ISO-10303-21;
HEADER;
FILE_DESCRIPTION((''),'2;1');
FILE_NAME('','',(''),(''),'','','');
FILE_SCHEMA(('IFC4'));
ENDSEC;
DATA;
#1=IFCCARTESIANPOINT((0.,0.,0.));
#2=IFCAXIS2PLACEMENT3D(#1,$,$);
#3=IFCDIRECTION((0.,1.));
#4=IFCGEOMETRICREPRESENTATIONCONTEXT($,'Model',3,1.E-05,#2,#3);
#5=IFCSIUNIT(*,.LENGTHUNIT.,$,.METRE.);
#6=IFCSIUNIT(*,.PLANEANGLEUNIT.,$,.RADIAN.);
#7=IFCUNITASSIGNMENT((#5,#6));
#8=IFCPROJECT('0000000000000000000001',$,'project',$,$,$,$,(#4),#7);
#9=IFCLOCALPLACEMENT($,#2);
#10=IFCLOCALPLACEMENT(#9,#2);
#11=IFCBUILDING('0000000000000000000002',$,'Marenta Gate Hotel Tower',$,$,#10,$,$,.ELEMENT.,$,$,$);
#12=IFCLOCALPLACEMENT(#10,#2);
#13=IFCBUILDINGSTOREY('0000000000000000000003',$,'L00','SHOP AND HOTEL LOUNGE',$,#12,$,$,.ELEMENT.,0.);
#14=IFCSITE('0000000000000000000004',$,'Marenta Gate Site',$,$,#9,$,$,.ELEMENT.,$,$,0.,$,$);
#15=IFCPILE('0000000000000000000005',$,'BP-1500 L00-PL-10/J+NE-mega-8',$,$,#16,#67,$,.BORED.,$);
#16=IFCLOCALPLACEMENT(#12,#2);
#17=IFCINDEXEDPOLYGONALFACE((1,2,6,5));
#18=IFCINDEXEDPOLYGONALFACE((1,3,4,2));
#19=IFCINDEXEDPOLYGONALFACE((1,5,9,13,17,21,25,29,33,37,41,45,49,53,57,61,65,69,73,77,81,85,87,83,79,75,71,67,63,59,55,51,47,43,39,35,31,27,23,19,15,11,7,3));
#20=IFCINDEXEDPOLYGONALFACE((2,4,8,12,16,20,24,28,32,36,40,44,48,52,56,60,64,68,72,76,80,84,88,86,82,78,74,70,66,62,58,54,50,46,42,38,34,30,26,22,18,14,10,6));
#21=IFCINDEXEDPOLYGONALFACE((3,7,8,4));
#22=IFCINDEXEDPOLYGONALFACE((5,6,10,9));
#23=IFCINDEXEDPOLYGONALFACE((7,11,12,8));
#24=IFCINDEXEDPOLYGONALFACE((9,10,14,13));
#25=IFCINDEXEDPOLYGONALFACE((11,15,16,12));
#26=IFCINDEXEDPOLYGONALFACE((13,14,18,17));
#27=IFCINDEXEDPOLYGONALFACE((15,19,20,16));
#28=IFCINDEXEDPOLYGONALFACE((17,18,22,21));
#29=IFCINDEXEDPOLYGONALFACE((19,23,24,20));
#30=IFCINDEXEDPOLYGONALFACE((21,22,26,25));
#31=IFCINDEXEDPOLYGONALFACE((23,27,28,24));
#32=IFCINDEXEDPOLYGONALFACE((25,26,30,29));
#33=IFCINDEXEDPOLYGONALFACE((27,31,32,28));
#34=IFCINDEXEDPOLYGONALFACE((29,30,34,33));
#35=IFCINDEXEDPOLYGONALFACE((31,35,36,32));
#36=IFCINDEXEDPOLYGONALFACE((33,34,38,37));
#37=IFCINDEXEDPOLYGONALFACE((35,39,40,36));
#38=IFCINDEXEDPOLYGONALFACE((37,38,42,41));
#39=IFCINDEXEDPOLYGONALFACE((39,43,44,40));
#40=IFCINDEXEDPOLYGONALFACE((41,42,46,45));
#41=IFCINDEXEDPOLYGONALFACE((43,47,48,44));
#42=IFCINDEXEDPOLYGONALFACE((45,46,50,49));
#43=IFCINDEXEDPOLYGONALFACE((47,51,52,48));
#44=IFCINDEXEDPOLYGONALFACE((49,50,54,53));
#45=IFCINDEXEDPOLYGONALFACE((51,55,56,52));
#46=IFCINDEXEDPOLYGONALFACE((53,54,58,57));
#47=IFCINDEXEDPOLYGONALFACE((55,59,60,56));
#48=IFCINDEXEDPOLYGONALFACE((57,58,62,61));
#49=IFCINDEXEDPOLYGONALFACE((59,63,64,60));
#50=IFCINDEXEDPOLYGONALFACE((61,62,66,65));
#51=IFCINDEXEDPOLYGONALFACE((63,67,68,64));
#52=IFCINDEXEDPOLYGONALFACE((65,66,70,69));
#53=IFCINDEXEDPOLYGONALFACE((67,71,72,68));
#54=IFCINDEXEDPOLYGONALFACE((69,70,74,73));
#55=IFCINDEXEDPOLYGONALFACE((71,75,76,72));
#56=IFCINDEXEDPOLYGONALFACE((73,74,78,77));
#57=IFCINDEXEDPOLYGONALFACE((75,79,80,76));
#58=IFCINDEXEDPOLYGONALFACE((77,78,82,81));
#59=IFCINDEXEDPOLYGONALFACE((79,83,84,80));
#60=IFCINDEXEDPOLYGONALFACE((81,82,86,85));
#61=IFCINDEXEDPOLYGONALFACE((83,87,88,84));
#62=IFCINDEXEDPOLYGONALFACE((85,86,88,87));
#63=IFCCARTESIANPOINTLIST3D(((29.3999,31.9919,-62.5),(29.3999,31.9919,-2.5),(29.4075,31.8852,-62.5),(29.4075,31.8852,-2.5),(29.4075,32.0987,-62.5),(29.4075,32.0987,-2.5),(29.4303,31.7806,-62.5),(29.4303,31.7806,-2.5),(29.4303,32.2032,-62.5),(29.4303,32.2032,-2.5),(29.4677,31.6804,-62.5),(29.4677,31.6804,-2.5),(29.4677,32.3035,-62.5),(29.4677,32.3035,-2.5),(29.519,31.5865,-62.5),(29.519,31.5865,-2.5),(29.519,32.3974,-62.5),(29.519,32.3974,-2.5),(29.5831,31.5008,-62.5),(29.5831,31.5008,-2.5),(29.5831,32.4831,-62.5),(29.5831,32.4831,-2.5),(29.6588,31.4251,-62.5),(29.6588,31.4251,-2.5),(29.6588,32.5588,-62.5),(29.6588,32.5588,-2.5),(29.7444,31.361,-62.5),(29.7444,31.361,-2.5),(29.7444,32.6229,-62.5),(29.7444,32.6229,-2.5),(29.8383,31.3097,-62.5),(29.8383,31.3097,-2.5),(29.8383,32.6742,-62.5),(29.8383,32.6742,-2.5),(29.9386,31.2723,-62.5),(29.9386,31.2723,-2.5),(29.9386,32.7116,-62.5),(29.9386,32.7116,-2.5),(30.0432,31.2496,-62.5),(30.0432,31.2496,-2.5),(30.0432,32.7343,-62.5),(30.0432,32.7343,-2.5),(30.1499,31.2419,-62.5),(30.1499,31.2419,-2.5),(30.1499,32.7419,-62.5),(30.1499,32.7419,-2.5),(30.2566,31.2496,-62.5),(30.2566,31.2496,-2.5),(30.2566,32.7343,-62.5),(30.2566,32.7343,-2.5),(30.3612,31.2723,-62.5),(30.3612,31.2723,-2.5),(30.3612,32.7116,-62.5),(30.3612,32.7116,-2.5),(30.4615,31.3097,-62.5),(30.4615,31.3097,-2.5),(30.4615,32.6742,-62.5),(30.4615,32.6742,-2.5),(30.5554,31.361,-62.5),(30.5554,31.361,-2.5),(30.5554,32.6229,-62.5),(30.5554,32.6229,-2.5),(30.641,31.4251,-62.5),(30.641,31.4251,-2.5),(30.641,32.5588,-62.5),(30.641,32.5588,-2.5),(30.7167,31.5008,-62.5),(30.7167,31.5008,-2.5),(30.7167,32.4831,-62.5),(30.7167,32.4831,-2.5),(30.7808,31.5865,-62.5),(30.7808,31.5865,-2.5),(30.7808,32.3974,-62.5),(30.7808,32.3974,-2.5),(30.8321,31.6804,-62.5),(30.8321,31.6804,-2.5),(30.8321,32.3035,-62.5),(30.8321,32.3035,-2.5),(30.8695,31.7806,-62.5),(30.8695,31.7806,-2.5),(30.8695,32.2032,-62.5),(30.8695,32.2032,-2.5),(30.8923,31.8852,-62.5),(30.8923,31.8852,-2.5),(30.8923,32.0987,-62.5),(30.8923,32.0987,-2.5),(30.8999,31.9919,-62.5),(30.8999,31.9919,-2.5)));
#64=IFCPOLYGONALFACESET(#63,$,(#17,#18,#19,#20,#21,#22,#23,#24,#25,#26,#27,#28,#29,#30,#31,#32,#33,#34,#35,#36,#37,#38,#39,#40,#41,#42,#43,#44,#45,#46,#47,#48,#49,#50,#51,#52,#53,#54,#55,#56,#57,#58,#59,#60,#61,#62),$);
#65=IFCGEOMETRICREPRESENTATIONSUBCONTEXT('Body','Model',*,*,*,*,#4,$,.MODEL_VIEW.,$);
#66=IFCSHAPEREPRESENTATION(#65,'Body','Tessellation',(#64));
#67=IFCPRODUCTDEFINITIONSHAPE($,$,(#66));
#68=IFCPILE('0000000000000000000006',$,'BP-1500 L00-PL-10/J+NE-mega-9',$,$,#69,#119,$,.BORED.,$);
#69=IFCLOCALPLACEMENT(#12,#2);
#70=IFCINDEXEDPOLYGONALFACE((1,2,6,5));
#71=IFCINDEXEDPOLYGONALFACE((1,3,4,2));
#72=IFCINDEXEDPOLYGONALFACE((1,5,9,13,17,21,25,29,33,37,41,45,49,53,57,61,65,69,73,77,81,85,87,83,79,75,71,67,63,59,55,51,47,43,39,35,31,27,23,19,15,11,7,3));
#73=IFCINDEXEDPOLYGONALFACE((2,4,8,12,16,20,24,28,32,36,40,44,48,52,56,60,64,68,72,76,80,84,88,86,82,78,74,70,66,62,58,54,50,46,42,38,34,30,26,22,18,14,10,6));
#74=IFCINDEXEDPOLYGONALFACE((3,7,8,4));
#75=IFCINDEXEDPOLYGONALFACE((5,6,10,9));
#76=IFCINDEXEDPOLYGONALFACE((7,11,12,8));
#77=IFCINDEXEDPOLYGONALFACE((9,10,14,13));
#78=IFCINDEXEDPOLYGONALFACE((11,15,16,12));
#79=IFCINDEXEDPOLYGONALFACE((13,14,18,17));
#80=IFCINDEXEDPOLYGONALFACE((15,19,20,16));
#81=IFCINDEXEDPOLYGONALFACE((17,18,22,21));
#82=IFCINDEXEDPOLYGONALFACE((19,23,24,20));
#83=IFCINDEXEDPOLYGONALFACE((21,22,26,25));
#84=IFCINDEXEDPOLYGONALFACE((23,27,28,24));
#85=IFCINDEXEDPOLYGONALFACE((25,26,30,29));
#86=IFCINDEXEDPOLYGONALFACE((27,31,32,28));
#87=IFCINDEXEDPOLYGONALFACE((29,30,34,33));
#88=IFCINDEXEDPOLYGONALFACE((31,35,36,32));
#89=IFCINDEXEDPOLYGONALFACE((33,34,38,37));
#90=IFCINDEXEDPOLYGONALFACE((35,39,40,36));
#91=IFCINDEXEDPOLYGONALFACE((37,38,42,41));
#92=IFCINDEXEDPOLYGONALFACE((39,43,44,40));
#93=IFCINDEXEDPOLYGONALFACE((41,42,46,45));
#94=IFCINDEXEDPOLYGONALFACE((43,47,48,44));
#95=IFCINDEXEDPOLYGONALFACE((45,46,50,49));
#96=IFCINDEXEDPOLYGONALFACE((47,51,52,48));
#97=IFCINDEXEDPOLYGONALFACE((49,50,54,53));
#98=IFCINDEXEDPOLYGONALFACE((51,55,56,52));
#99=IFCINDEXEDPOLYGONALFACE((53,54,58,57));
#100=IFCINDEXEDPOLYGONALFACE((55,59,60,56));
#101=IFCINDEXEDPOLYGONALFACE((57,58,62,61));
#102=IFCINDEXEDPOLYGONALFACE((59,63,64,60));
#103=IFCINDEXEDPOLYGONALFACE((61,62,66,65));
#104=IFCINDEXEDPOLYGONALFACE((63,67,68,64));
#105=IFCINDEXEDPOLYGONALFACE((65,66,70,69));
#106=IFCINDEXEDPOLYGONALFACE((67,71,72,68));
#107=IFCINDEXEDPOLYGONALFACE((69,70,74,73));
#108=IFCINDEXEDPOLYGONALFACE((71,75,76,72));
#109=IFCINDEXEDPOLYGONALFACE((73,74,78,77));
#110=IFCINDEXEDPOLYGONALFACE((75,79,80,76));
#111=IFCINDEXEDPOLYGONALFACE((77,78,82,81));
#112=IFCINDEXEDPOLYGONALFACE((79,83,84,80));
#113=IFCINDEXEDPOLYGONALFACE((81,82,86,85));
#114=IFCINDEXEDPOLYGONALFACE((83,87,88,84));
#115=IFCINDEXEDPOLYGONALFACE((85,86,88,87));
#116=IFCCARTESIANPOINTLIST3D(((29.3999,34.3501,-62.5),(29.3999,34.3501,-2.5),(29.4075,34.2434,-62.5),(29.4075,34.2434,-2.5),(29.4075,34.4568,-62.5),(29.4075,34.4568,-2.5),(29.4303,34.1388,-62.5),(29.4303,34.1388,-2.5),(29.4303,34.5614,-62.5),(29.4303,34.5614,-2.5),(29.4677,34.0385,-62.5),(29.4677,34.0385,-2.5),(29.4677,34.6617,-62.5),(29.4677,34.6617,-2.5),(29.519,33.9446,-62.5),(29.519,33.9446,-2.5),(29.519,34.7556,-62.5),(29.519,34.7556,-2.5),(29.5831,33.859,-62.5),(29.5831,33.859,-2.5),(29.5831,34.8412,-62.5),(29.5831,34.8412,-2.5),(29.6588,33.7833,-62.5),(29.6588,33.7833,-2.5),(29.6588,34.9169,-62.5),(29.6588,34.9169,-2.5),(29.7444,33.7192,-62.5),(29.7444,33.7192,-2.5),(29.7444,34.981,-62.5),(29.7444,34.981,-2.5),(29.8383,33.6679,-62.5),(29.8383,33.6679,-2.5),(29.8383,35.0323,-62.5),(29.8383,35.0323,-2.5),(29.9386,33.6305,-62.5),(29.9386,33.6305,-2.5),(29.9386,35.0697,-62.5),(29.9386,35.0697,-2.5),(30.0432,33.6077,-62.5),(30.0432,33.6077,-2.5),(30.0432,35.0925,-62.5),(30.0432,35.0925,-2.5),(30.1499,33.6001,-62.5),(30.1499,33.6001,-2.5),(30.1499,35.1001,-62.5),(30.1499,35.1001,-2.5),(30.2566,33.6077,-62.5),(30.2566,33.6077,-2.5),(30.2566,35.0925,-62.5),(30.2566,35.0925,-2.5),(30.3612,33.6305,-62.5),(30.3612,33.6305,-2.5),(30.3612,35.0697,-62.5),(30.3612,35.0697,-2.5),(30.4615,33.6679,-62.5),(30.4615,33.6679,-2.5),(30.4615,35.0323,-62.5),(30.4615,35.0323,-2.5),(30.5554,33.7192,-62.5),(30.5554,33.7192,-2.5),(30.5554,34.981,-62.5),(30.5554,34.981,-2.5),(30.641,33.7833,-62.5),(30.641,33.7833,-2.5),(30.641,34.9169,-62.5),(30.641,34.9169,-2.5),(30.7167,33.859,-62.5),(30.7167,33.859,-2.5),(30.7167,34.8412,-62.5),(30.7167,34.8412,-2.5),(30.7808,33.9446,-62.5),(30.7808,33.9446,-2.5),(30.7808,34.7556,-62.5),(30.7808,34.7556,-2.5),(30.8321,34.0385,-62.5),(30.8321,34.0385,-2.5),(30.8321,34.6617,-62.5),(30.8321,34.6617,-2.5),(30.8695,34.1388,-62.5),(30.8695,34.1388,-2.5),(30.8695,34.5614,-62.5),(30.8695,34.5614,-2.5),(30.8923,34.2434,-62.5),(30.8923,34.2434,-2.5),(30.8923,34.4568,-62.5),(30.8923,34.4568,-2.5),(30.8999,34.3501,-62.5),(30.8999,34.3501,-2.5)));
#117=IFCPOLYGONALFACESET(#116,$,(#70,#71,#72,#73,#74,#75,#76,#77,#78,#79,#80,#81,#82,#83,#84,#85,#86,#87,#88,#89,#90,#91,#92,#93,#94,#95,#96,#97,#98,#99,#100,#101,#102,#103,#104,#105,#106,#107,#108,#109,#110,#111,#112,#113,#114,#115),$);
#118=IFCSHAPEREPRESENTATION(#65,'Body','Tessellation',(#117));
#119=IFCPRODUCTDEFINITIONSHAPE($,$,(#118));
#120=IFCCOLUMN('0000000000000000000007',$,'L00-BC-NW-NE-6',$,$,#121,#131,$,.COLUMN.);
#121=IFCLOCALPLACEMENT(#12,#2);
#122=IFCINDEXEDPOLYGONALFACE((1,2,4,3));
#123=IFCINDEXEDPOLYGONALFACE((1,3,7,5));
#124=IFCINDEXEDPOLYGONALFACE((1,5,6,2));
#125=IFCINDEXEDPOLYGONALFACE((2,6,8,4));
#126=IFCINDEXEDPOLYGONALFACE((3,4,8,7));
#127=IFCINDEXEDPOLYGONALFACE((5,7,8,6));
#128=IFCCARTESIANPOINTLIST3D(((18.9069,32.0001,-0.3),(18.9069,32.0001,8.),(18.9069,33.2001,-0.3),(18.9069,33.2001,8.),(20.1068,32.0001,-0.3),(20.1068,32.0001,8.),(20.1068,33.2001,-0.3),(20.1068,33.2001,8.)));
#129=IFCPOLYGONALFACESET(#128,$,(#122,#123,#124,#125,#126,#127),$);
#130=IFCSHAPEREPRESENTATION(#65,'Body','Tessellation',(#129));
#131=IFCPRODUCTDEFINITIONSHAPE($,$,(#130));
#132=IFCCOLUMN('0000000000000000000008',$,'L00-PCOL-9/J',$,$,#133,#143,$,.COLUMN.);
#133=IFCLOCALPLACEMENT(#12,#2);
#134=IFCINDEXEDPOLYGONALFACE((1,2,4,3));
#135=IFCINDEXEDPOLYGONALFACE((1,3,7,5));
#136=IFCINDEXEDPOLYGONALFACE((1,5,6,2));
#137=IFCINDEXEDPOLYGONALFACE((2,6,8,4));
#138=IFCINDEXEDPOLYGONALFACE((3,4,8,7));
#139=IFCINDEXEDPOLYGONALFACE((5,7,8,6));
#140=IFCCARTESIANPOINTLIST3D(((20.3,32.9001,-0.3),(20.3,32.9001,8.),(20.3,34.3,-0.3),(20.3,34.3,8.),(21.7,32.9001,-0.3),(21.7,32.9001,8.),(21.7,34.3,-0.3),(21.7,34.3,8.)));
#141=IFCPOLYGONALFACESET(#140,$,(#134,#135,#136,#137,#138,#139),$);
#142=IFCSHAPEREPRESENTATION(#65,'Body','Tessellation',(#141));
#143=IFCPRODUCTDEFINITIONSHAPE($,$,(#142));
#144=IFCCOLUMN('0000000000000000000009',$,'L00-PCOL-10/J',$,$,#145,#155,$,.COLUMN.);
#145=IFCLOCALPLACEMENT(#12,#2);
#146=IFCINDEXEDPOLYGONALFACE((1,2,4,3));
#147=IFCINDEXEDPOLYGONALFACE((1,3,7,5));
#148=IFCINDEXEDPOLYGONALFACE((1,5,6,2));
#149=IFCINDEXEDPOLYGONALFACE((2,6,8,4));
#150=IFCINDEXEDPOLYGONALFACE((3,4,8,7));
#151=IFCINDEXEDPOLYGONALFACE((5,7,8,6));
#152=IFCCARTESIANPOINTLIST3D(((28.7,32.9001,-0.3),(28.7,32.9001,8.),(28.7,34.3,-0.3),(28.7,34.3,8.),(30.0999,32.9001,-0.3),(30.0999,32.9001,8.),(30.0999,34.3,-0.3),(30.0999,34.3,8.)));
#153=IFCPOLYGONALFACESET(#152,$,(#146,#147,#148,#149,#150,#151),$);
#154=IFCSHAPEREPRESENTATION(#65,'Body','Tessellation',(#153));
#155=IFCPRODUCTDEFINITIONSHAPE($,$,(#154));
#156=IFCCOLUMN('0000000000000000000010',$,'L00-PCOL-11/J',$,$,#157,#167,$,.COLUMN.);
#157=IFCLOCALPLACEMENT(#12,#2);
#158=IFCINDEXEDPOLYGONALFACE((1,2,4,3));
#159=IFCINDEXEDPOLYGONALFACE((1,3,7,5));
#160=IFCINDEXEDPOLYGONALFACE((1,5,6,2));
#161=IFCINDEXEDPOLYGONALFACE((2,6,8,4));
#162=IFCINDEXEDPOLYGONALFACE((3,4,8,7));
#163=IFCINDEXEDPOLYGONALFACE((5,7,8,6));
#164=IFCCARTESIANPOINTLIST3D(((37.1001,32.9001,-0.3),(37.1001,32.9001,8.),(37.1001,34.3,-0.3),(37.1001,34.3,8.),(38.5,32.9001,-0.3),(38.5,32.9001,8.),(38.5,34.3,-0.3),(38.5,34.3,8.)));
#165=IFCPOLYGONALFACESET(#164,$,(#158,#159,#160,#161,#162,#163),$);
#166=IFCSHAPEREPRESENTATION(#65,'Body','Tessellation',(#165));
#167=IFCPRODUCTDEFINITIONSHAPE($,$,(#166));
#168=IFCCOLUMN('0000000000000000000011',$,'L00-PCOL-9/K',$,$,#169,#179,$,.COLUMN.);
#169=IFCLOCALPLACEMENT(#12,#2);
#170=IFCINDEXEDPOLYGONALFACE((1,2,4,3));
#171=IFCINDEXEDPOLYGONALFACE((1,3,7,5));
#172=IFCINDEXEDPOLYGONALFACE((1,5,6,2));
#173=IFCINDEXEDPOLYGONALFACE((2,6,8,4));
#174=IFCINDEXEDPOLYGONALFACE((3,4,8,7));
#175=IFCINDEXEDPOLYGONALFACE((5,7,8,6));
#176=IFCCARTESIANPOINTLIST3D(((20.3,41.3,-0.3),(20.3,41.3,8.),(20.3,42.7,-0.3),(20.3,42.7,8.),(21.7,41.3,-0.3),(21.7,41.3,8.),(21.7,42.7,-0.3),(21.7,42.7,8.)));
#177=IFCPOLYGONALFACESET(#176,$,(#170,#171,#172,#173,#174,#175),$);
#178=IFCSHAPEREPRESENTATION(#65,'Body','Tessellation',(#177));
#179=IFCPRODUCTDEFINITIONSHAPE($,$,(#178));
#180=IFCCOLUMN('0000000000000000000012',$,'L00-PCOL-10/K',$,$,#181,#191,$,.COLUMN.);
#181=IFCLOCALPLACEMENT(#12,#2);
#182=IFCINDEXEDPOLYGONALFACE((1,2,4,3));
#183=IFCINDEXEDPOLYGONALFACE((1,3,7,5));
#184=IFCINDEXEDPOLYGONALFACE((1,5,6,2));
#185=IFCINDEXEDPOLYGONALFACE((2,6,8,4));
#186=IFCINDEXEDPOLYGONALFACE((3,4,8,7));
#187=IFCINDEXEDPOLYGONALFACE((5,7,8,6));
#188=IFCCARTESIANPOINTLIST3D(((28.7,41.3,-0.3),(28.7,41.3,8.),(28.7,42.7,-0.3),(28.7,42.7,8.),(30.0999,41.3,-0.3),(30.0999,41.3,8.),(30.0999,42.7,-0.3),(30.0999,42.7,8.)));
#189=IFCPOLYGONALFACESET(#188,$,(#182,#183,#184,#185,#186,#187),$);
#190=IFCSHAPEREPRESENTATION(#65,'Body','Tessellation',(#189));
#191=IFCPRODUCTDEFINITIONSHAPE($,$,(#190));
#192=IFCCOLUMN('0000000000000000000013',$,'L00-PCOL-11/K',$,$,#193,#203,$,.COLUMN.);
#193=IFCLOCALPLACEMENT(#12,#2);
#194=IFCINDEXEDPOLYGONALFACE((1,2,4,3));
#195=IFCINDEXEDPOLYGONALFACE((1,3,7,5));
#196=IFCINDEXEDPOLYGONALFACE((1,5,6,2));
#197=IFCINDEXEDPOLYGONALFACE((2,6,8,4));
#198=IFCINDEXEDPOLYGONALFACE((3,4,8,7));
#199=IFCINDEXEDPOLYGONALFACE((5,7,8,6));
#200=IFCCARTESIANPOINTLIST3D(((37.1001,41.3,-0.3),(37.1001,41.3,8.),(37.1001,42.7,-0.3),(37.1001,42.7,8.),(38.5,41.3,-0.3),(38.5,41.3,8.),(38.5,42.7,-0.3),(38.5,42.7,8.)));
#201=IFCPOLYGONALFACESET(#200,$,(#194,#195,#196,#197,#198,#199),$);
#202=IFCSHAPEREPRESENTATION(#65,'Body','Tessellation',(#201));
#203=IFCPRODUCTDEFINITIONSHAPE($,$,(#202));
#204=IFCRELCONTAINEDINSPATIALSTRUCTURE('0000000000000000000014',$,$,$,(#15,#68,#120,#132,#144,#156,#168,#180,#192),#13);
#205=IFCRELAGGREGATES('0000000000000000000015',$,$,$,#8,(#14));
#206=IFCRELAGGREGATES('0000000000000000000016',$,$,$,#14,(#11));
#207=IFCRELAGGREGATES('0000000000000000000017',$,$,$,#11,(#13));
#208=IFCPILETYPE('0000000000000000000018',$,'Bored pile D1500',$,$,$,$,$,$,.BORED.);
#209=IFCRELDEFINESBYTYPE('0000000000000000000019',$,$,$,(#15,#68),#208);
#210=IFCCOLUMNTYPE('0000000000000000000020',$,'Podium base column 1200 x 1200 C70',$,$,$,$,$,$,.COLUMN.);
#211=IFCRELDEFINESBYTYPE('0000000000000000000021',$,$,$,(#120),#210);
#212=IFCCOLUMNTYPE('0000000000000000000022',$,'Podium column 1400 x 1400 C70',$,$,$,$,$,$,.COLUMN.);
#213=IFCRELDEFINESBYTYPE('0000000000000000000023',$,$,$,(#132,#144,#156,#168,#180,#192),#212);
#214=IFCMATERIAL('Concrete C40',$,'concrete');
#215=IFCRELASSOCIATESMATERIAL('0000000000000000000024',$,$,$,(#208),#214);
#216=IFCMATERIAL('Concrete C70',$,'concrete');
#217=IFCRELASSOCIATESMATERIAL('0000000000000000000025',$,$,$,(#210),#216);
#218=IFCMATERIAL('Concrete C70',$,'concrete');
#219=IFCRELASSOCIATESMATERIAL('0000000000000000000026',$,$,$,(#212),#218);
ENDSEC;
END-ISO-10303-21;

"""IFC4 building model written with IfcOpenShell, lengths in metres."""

from ifc_helpers import new_model, si_unit, direction, frame, origin, origin_2d, place, context, subcontext, project, spatial, rectangle, circle, extrude, material, material_profile, profile_set, type_object, element, save


model = new_model("IFC4")

# Units and contexts
model_context = context("Model", 3, precision=1e-05, world=origin(), true_north=direction((0.0, 1.0)))
body_context = subcontext(model_context, "Body", "Model", "MODEL_VIEW")
ifc_project = project(units=[si_unit("LENGTHUNIT", "METRE"), si_unit("PLANEANGLEUNIT", "RADIAN")], contexts=[model_context])

# Site, building, storey
site_placement = place(None, origin())
site = spatial("IfcSite", under=ifc_project, at=site_placement, Name="Marenta Gate Site", CompositionType="ELEMENT", RefElevation=0.0)
building_placement = place(site_placement, origin())
building = spatial("IfcBuilding", under=site, at=building_placement, Name="Marenta Gate Hotel Tower", CompositionType="ELEMENT")
storey_placement = place(building_placement, origin())
storey = spatial("IfcBuildingStorey", under=building, at=storey_placement, Name="L00", Description="SHOP AND HOTEL LOUNGE", CompositionType="ELEMENT", Elevation=0.0)

# Piles
ifc_material_1 = material(Name="Concrete C40", Category="concrete")
pile_type = type_object("IfcPileType", Name="Bored pile D1500", PredefinedType="BORED", material=ifc_material_1)
for number, where, z_axis, x_axis, name in (
    (1, (30.1499, 31.9919, -2.5), (0.0, 0.0, -1.0), (1.0, 0.0, 0.0), "BP-1500 L00-PL-10/J+NE-mega-8"),
    (2, (30.1499, 34.3501, -2.5), (0.0, 0.0, -1.0), (1.0, 0.0, 0.0), "BP-1500 L00-PL-10/J+NE-mega-9"),
):
    element("IfcPile", number, at=place(storey_placement, frame(where, z_axis=z_axis, x_axis=x_axis)), inside=storey, type_object=pile_type, Name=name, PredefinedType="BORED", context=body_context, shape_type="SweptSolid", body=[
        extrude(circle(Radius=0.75, at=origin_2d()), origin(), (0.0, 0.0, 1.0), 60.0),
    ])

# Columns
ifc_material_2 = material(Name="Concrete C70", Category="concrete")
ifc_material_profile_1 = material_profile(ifc_material_2, rectangle(XDim=1.2, YDim=1.2, at=origin_2d()), Name="1200 x 1200")
ifc_profile_set_1 = profile_set([ifc_material_profile_1], Name="Concrete C70")
column_type_1 = type_object("IfcColumnType", Name="Podium base column 1200 x 1200 C70", PredefinedType="COLUMN", material=ifc_profile_set_1)
column_placement = place(storey_placement, frame((19.5068, 32.6001, -0.3), z_axis=(0.0, 0.0, 1.0), x_axis=(1.0, 0.0, 0.0)))
element("IfcColumn", 3, at=column_placement, inside=storey, type_object=column_type_1, Name="L00-BC-NW-NE-6", PredefinedType="COLUMN", context=body_context, shape_type="SweptSolid", body=[
    extrude(rectangle(XDim=1.2, YDim=1.2, at=origin_2d()), origin(), (0.0, 0.0, 1.0), 8.3),
])
ifc_material_3 = material(Name="Concrete C70", Category="concrete")
ifc_material_profile_2 = material_profile(ifc_material_3, rectangle(XDim=1.3999, YDim=1.3999, at=origin_2d()), Name="1400 x 1400")
ifc_profile_set_2 = profile_set([ifc_material_profile_2], Name="Concrete C70")
column_type_2 = type_object("IfcColumnType", Name="Podium column 1400 x 1400 C70", PredefinedType="COLUMN", material=ifc_profile_set_2)
for number, where, z_axis, x_axis, name in (
    (4, (21.0, 33.6001, -0.3), (0.0, 0.0, 1.0), (1.0, 0.0, 0.0), "L00-PCOL-9/J"),
    (5, (29.3999, 33.6001, -0.3), (0.0, 0.0, 1.0), (1.0, 0.0, 0.0), "L00-PCOL-10/J"),
    (6, (37.8, 33.6001, -0.3), (0.0, 0.0, 1.0), (1.0, 0.0, 0.0), "L00-PCOL-11/J"),
    (7, (21.0, 42.0, -0.3), (0.0, 0.0, 1.0), (1.0, 0.0, 0.0), "L00-PCOL-9/K"),
    (8, (29.3999, 42.0, -0.3), (0.0, 0.0, 1.0), (1.0, 0.0, 0.0), "L00-PCOL-10/K"),
    (9, (37.8, 42.0, -0.3), (0.0, 0.0, 1.0), (1.0, 0.0, 0.0), "L00-PCOL-11/K"),
):
    element("IfcColumn", number, at=place(storey_placement, frame(where, z_axis=z_axis, x_axis=x_axis)), inside=storey, type_object=column_type_2, Name=name, PredefinedType="COLUMN", context=body_context, shape_type="SweptSolid", body=[
        extrude(rectangle(XDim=1.3999, YDim=1.3999, at=origin_2d()), origin(), (0.0, 0.0, 1.0), 8.3),
    ])

save(model, "model.ifc")
